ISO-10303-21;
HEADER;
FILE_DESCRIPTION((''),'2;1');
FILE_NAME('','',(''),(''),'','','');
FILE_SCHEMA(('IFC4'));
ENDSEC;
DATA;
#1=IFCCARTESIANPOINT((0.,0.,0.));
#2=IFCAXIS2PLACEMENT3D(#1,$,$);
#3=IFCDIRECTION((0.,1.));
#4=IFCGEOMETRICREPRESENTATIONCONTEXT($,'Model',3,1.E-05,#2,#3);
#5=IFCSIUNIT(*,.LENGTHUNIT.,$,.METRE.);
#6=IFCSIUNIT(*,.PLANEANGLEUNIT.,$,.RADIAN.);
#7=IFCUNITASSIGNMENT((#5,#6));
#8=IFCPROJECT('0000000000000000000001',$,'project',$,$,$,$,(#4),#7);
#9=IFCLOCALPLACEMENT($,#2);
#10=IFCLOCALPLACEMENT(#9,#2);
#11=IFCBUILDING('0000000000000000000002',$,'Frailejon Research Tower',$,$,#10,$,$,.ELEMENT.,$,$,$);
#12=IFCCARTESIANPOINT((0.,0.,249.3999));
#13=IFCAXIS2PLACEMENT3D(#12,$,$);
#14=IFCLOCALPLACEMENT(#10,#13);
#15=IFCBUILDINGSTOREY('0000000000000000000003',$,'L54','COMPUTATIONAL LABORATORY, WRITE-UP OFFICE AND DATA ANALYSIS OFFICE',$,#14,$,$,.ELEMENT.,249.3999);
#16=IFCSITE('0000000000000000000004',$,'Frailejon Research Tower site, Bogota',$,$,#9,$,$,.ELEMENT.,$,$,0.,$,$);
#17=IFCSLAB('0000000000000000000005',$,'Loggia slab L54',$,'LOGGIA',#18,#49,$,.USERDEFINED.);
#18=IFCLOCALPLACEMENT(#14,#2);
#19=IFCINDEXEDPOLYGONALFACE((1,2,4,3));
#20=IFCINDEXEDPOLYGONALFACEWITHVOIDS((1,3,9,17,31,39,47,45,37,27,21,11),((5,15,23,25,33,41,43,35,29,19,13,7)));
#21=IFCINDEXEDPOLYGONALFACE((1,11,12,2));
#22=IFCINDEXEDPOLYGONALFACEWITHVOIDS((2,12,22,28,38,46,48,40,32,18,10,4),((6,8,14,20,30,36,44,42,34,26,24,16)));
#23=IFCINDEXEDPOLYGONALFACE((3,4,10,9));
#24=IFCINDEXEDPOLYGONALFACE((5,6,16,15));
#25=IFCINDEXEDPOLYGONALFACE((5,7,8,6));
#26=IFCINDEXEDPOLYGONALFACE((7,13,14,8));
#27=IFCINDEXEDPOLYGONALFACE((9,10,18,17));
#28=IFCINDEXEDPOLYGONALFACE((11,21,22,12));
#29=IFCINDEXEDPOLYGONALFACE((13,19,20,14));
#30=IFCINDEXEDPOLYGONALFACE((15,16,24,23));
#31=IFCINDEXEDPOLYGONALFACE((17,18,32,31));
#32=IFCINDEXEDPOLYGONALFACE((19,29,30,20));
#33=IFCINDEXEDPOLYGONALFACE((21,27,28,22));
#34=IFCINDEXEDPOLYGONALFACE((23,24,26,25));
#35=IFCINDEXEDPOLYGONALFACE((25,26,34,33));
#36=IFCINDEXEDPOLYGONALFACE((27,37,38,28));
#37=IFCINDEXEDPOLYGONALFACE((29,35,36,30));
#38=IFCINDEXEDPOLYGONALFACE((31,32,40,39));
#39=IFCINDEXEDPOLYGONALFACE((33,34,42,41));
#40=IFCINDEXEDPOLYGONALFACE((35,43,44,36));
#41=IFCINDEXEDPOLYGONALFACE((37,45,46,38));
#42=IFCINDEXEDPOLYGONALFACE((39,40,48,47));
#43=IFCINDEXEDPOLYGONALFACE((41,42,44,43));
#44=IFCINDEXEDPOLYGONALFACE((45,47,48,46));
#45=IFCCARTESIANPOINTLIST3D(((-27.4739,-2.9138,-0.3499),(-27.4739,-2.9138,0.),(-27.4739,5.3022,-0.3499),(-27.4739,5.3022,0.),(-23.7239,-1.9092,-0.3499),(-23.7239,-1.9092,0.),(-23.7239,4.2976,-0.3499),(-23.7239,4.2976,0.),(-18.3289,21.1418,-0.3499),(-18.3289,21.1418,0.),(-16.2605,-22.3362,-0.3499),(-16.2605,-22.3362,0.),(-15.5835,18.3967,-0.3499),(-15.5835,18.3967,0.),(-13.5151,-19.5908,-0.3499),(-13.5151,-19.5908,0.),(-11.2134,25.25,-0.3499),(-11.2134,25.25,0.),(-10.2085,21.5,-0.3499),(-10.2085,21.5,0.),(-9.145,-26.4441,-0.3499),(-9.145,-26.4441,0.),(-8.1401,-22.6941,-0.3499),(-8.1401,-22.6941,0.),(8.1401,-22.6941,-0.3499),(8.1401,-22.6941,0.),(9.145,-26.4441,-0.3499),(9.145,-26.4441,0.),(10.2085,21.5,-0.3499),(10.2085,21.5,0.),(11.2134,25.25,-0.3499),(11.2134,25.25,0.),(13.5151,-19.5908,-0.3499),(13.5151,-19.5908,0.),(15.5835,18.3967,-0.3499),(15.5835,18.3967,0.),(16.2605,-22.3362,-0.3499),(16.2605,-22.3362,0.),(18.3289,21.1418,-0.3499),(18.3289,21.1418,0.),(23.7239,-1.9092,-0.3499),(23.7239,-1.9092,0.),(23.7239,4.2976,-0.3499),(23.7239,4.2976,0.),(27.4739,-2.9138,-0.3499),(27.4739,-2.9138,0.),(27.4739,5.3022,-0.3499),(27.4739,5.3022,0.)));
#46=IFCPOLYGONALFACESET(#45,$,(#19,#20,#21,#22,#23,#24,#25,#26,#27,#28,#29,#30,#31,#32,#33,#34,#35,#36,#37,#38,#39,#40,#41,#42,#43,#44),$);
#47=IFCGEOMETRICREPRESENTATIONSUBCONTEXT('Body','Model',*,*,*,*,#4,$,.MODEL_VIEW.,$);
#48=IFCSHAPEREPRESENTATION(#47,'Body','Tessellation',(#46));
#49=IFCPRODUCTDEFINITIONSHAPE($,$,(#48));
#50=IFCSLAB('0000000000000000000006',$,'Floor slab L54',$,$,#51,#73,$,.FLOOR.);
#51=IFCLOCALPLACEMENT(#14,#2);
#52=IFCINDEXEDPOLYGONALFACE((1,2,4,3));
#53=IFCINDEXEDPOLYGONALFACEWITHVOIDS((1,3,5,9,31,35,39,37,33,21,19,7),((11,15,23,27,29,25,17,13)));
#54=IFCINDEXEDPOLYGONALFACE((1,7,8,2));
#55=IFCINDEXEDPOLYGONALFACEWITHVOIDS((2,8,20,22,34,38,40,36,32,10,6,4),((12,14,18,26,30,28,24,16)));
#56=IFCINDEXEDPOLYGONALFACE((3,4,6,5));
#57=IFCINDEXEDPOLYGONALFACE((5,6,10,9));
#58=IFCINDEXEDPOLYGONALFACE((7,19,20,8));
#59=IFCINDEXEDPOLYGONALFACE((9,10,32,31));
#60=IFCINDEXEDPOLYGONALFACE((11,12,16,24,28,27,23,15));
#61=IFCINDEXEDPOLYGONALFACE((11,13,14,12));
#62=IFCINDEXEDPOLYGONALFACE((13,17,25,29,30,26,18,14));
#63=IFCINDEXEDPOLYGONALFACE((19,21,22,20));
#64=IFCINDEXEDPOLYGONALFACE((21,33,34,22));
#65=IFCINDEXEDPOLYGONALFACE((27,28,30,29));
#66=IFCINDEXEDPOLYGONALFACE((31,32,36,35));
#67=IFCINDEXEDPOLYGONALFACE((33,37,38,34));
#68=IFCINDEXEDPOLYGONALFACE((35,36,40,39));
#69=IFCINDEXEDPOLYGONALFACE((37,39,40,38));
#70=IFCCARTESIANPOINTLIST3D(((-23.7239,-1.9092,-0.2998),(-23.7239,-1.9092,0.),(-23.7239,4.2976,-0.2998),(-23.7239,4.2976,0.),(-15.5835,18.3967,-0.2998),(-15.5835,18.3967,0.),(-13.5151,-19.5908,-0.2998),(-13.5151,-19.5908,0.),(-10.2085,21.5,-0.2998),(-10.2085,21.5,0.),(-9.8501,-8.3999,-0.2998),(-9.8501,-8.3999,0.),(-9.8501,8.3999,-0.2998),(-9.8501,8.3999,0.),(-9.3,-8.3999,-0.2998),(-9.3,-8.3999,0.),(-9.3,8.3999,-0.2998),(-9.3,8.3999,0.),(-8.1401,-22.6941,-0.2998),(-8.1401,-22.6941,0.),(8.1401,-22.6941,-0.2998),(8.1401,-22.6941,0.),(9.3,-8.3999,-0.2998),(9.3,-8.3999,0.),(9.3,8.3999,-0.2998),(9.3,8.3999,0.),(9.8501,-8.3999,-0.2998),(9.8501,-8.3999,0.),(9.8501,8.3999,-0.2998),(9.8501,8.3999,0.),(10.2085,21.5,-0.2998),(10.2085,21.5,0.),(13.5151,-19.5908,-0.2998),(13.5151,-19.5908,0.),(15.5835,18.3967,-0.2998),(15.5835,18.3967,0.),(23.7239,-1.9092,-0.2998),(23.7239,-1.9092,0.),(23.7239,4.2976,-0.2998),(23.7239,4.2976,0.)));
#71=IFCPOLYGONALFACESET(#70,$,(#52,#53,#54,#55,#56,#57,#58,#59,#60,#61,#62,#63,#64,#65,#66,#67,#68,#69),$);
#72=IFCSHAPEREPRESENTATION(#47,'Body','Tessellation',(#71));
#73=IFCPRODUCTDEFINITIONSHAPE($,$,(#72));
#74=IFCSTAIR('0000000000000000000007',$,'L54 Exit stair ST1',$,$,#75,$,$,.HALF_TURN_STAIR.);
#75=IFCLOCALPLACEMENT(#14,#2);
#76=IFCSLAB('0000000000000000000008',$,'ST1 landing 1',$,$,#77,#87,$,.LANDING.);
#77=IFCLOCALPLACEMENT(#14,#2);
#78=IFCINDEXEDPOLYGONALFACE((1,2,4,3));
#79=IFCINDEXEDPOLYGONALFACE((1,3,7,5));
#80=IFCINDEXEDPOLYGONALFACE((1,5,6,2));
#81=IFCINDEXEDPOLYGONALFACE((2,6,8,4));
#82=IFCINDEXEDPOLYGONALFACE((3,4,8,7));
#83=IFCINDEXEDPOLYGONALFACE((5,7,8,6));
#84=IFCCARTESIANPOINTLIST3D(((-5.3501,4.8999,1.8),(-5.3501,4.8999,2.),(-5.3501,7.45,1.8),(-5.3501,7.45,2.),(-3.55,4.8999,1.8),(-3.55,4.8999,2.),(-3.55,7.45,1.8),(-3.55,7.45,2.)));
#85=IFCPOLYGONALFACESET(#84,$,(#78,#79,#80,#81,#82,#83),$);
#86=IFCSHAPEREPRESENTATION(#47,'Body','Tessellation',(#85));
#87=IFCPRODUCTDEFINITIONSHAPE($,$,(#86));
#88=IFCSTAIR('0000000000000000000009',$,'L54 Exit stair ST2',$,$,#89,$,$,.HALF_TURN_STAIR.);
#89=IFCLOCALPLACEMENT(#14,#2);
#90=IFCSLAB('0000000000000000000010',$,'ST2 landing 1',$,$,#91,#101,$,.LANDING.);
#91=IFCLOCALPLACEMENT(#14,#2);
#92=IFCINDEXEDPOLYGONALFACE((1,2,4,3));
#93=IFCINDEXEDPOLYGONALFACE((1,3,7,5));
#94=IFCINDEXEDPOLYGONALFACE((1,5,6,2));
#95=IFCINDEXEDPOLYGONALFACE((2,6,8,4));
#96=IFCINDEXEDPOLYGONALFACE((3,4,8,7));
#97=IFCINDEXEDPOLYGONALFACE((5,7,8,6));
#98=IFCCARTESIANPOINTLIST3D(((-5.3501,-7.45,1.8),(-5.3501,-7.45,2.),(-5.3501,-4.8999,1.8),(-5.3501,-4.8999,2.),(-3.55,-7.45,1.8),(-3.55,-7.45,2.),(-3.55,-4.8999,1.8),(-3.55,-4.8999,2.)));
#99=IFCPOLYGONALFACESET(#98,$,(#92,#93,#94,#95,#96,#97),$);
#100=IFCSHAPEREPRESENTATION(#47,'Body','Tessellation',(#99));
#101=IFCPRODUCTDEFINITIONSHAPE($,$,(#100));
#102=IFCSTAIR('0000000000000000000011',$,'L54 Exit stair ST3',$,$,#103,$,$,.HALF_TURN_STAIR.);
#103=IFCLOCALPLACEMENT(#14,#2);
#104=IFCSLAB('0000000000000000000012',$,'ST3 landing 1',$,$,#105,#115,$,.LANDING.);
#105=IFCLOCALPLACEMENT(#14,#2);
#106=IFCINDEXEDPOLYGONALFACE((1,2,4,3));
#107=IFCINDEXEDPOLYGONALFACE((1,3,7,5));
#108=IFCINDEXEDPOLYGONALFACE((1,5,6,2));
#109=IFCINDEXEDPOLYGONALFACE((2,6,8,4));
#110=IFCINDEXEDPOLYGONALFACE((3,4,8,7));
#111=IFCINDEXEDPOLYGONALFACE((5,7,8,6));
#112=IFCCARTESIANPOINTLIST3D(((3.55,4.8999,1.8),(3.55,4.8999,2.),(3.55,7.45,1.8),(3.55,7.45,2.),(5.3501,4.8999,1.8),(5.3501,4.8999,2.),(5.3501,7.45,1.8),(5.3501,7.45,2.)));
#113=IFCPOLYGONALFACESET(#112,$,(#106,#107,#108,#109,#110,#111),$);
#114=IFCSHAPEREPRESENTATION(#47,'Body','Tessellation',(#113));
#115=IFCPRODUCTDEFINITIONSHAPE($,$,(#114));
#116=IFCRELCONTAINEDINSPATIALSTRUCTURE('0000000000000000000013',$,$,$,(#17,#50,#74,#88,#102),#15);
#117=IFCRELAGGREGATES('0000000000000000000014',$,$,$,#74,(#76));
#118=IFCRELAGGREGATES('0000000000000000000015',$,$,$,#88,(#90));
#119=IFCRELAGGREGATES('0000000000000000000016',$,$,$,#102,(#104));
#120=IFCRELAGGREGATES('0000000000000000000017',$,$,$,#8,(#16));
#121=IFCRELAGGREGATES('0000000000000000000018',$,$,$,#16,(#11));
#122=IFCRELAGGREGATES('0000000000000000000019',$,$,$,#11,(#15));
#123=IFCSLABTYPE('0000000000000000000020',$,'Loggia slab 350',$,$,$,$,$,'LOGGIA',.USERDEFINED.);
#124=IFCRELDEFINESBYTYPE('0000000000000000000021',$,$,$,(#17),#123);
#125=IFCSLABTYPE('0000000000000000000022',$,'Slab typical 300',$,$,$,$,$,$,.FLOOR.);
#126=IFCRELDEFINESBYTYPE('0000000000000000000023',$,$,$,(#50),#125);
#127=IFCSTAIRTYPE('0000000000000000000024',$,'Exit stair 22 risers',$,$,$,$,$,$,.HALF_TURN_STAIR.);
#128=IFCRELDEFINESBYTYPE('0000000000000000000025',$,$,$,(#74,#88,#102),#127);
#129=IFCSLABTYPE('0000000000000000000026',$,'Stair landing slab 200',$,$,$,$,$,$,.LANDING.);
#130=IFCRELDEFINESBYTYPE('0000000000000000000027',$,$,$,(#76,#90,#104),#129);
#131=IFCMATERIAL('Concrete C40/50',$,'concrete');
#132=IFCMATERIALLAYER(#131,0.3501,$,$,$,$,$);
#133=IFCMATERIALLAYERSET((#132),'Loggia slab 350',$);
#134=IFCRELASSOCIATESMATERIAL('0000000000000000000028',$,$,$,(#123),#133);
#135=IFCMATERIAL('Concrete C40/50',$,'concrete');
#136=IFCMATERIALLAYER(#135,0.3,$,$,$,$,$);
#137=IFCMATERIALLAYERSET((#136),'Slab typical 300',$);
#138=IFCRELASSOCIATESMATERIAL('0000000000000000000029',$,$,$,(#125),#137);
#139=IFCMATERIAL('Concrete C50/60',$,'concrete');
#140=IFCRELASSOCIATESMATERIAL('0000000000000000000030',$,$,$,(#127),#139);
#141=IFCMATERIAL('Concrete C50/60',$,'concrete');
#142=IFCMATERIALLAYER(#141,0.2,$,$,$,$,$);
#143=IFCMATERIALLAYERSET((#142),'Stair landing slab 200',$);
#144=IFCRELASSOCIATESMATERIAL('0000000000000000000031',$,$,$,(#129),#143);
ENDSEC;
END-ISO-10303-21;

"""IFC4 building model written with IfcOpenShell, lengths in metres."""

from ifc_helpers import new_model, si_unit, direction, frame, origin, place, context, subcontext, project, spatial, polyline, outline, extrude, material, layer, layer_set, type_object, element, aggregate, save


model = new_model("IFC4")

# Units and contexts
model_context = context("Model", 3, precision=1e-05, world=origin(), true_north=direction((0.0, 1.0)))
body_context = subcontext(model_context, "Body", "Model", "MODEL_VIEW")
ifc_project = project(units=[si_unit("LENGTHUNIT", "METRE"), si_unit("PLANEANGLEUNIT", "RADIAN")], contexts=[model_context])

# Site, building, storey
site_placement = place(None, origin())
site = spatial("IfcSite", under=ifc_project, at=site_placement, Name="Frailejon Research Tower site, Bogota", CompositionType="ELEMENT", RefElevation=0.0)
building_placement = place(site_placement, origin())
building = spatial("IfcBuilding", under=site, at=building_placement, Name="Frailejon Research Tower", CompositionType="ELEMENT")
storey_placement = place(building_placement, frame((0.0, 0.0, 249.3999)))
storey = spatial("IfcBuildingStorey", under=building, at=storey_placement, Name="L54", Description="COMPUTATIONAL LABORATORY, WRITE-UP OFFICE AND DATA ANALYSIS OFFICE", CompositionType="ELEMENT", Elevation=249.3999)

# Slabs
ifc_material_1 = material(Name="Concrete C40/50", Category="concrete")
ifc_layer_1 = layer(ifc_material_1, 0.3501)
ifc_layer_set_1 = layer_set([ifc_layer_1], Name="Loggia slab 350")
slab_type_1 = type_object("IfcSlabType", Name="Loggia slab 350", ElementType="LOGGIA", PredefinedType="USERDEFINED", material=ifc_layer_set_1)
slab_1_placement = place(storey_placement, frame((0.0, 0.0, -0.3499)))
element("IfcSlab", 1, at=slab_1_placement, inside=storey, type_object=slab_type_1, Name="Loggia slab L54", ObjectType="LOGGIA", PredefinedType="USERDEFINED", context=body_context, shape_type="SweptSolid", body=[
    extrude(outline(polyline([(16.2605, -22.3362), (9.145, -26.4441), (-9.145, -26.4441), (-16.2605, -22.3362), (-27.4739, -2.9138), (-27.4739, 5.3022), (-18.3289, 21.1418), (-11.2134, 25.25), (11.2134, 25.25), (18.3289, 21.1418), (27.4739, 5.3022), (27.4739, -2.9138), (16.2605, -22.3362)]), holes=[polyline([(23.7239, 4.2976), (15.5835, 18.3967), (10.2085, 21.5), (-10.2085, 21.5), (-15.5835, 18.3967), (-23.7239, 4.2976), (-23.7239, -1.9092), (-13.5151, -19.5908), (-8.1401, -22.6941), (8.1401, -22.6941), (13.5151, -19.5908), (23.7239, -1.9092), (23.7239, 4.2976)])]), origin(), (0.0, 0.0, 1.0), 0.3499),
])
ifc_material_2 = material(Name="Concrete C40/50", Category="concrete")
ifc_layer_2 = layer(ifc_material_2, 0.3)
ifc_layer_set_2 = layer_set([ifc_layer_2], Name="Slab typical 300")
slab_type_2 = type_object("IfcSlabType", Name="Slab typical 300", PredefinedType="FLOOR", material=ifc_layer_set_2)
slab_2_placement = place(storey_placement, frame((0.0, 0.0, -0.2998)))
element("IfcSlab", 2, at=slab_2_placement, inside=storey, type_object=slab_type_2, Name="Floor slab L54", PredefinedType="FLOOR", context=body_context, shape_type="SweptSolid", body=[
    extrude(outline(polyline([(23.7239, -1.9092), (23.7239, 4.2976), (15.5835, 18.3967), (10.2085, 21.5), (-10.2085, 21.5), (-15.5835, 18.3967), (-23.7239, 4.2976), (-23.7239, -1.9092), (-13.5151, -19.5908), (-8.1401, -22.6941), (8.1401, -22.6941), (13.5151, -19.5908), (23.7239, -1.9092)]), holes=[polyline([(9.3, 8.3999), (9.8501, 8.3999), (9.8501, -8.3999), (9.3, -8.3999), (-9.3, -8.3999), (-9.8501, -8.3999), (-9.8501, 8.3999), (-9.3, 8.3999), (9.3, 8.3999)])]), origin(), (0.0, 0.0, 1.0), 0.2998),
])

# Stairs, slabs
ifc_material_3 = material(Name="Concrete C50/60", Category="concrete")
stair_type = type_object("IfcStairType", Name="Exit stair 22 risers", PredefinedType="HALF_TURN_STAIR", material=ifc_material_3)
stair_1_placement = place(storey_placement, origin())
stair_1 = element("IfcStair", 3, at=stair_1_placement, inside=storey, type_object=stair_type, Name="L54 Exit stair ST1", PredefinedType="HALF_TURN_STAIR")
ifc_material_4 = material(Name="Concrete C50/60", Category="concrete")
ifc_layer_3 = layer(ifc_material_4, 0.2)
ifc_layer_set_3 = layer_set([ifc_layer_3], Name="Stair landing slab 200")
slab_type_3 = type_object("IfcSlabType", Name="Stair landing slab 200", PredefinedType="LANDING", material=ifc_layer_set_3)
slab_3_placement = place(storey_placement, frame((0.0, 0.0, 1.8)))
slab_3 = element("IfcSlab", 4, at=slab_3_placement, type_object=slab_type_3, Name="ST1 landing 1", PredefinedType="LANDING", context=body_context, shape_type="SweptSolid", body=[
    extrude(outline(polyline([(-5.3501, 4.8999), (-3.55, 4.8999), (-3.55, 7.45), (-5.3501, 7.45), (-5.3501, 4.8999)])), origin(), (0.0, 0.0, 1.0), 0.2),
])
aggregate(stair_1, [slab_3])
stair_2_placement = place(storey_placement, origin())
stair_2 = element("IfcStair", 5, at=stair_2_placement, inside=storey, type_object=stair_type, Name="L54 Exit stair ST2", PredefinedType="HALF_TURN_STAIR")
slab_4_placement = place(storey_placement, frame((0.0, 0.0, 1.8)))
slab_4 = element("IfcSlab", 6, at=slab_4_placement, type_object=slab_type_3, Name="ST2 landing 1", PredefinedType="LANDING", context=body_context, shape_type="SweptSolid", body=[
    extrude(outline(polyline([(-5.3501, -7.45), (-3.55, -7.45), (-3.55, -4.8999), (-5.3501, -4.8999), (-5.3501, -7.45)])), origin(), (0.0, 0.0, 1.0), 0.2),
])
aggregate(stair_2, [slab_4])
stair_3_placement = place(storey_placement, origin())
stair_3 = element("IfcStair", 7, at=stair_3_placement, inside=storey, type_object=stair_type, Name="L54 Exit stair ST3", PredefinedType="HALF_TURN_STAIR")
slab_5_placement = place(storey_placement, frame((0.0, 0.0, 1.8)))
slab_5 = element("IfcSlab", 8, at=slab_5_placement, type_object=slab_type_3, Name="ST3 landing 1", PredefinedType="LANDING", context=body_context, shape_type="SweptSolid", body=[
    extrude(outline(polyline([(5.3501, 7.45), (3.55, 7.45), (3.55, 4.8999), (5.3501, 4.8999), (5.3501, 7.45)])), origin(), (0.0, 0.0, 1.0), 0.2),
])
aggregate(stair_3, [slab_5])

save(model, "model.ifc")
